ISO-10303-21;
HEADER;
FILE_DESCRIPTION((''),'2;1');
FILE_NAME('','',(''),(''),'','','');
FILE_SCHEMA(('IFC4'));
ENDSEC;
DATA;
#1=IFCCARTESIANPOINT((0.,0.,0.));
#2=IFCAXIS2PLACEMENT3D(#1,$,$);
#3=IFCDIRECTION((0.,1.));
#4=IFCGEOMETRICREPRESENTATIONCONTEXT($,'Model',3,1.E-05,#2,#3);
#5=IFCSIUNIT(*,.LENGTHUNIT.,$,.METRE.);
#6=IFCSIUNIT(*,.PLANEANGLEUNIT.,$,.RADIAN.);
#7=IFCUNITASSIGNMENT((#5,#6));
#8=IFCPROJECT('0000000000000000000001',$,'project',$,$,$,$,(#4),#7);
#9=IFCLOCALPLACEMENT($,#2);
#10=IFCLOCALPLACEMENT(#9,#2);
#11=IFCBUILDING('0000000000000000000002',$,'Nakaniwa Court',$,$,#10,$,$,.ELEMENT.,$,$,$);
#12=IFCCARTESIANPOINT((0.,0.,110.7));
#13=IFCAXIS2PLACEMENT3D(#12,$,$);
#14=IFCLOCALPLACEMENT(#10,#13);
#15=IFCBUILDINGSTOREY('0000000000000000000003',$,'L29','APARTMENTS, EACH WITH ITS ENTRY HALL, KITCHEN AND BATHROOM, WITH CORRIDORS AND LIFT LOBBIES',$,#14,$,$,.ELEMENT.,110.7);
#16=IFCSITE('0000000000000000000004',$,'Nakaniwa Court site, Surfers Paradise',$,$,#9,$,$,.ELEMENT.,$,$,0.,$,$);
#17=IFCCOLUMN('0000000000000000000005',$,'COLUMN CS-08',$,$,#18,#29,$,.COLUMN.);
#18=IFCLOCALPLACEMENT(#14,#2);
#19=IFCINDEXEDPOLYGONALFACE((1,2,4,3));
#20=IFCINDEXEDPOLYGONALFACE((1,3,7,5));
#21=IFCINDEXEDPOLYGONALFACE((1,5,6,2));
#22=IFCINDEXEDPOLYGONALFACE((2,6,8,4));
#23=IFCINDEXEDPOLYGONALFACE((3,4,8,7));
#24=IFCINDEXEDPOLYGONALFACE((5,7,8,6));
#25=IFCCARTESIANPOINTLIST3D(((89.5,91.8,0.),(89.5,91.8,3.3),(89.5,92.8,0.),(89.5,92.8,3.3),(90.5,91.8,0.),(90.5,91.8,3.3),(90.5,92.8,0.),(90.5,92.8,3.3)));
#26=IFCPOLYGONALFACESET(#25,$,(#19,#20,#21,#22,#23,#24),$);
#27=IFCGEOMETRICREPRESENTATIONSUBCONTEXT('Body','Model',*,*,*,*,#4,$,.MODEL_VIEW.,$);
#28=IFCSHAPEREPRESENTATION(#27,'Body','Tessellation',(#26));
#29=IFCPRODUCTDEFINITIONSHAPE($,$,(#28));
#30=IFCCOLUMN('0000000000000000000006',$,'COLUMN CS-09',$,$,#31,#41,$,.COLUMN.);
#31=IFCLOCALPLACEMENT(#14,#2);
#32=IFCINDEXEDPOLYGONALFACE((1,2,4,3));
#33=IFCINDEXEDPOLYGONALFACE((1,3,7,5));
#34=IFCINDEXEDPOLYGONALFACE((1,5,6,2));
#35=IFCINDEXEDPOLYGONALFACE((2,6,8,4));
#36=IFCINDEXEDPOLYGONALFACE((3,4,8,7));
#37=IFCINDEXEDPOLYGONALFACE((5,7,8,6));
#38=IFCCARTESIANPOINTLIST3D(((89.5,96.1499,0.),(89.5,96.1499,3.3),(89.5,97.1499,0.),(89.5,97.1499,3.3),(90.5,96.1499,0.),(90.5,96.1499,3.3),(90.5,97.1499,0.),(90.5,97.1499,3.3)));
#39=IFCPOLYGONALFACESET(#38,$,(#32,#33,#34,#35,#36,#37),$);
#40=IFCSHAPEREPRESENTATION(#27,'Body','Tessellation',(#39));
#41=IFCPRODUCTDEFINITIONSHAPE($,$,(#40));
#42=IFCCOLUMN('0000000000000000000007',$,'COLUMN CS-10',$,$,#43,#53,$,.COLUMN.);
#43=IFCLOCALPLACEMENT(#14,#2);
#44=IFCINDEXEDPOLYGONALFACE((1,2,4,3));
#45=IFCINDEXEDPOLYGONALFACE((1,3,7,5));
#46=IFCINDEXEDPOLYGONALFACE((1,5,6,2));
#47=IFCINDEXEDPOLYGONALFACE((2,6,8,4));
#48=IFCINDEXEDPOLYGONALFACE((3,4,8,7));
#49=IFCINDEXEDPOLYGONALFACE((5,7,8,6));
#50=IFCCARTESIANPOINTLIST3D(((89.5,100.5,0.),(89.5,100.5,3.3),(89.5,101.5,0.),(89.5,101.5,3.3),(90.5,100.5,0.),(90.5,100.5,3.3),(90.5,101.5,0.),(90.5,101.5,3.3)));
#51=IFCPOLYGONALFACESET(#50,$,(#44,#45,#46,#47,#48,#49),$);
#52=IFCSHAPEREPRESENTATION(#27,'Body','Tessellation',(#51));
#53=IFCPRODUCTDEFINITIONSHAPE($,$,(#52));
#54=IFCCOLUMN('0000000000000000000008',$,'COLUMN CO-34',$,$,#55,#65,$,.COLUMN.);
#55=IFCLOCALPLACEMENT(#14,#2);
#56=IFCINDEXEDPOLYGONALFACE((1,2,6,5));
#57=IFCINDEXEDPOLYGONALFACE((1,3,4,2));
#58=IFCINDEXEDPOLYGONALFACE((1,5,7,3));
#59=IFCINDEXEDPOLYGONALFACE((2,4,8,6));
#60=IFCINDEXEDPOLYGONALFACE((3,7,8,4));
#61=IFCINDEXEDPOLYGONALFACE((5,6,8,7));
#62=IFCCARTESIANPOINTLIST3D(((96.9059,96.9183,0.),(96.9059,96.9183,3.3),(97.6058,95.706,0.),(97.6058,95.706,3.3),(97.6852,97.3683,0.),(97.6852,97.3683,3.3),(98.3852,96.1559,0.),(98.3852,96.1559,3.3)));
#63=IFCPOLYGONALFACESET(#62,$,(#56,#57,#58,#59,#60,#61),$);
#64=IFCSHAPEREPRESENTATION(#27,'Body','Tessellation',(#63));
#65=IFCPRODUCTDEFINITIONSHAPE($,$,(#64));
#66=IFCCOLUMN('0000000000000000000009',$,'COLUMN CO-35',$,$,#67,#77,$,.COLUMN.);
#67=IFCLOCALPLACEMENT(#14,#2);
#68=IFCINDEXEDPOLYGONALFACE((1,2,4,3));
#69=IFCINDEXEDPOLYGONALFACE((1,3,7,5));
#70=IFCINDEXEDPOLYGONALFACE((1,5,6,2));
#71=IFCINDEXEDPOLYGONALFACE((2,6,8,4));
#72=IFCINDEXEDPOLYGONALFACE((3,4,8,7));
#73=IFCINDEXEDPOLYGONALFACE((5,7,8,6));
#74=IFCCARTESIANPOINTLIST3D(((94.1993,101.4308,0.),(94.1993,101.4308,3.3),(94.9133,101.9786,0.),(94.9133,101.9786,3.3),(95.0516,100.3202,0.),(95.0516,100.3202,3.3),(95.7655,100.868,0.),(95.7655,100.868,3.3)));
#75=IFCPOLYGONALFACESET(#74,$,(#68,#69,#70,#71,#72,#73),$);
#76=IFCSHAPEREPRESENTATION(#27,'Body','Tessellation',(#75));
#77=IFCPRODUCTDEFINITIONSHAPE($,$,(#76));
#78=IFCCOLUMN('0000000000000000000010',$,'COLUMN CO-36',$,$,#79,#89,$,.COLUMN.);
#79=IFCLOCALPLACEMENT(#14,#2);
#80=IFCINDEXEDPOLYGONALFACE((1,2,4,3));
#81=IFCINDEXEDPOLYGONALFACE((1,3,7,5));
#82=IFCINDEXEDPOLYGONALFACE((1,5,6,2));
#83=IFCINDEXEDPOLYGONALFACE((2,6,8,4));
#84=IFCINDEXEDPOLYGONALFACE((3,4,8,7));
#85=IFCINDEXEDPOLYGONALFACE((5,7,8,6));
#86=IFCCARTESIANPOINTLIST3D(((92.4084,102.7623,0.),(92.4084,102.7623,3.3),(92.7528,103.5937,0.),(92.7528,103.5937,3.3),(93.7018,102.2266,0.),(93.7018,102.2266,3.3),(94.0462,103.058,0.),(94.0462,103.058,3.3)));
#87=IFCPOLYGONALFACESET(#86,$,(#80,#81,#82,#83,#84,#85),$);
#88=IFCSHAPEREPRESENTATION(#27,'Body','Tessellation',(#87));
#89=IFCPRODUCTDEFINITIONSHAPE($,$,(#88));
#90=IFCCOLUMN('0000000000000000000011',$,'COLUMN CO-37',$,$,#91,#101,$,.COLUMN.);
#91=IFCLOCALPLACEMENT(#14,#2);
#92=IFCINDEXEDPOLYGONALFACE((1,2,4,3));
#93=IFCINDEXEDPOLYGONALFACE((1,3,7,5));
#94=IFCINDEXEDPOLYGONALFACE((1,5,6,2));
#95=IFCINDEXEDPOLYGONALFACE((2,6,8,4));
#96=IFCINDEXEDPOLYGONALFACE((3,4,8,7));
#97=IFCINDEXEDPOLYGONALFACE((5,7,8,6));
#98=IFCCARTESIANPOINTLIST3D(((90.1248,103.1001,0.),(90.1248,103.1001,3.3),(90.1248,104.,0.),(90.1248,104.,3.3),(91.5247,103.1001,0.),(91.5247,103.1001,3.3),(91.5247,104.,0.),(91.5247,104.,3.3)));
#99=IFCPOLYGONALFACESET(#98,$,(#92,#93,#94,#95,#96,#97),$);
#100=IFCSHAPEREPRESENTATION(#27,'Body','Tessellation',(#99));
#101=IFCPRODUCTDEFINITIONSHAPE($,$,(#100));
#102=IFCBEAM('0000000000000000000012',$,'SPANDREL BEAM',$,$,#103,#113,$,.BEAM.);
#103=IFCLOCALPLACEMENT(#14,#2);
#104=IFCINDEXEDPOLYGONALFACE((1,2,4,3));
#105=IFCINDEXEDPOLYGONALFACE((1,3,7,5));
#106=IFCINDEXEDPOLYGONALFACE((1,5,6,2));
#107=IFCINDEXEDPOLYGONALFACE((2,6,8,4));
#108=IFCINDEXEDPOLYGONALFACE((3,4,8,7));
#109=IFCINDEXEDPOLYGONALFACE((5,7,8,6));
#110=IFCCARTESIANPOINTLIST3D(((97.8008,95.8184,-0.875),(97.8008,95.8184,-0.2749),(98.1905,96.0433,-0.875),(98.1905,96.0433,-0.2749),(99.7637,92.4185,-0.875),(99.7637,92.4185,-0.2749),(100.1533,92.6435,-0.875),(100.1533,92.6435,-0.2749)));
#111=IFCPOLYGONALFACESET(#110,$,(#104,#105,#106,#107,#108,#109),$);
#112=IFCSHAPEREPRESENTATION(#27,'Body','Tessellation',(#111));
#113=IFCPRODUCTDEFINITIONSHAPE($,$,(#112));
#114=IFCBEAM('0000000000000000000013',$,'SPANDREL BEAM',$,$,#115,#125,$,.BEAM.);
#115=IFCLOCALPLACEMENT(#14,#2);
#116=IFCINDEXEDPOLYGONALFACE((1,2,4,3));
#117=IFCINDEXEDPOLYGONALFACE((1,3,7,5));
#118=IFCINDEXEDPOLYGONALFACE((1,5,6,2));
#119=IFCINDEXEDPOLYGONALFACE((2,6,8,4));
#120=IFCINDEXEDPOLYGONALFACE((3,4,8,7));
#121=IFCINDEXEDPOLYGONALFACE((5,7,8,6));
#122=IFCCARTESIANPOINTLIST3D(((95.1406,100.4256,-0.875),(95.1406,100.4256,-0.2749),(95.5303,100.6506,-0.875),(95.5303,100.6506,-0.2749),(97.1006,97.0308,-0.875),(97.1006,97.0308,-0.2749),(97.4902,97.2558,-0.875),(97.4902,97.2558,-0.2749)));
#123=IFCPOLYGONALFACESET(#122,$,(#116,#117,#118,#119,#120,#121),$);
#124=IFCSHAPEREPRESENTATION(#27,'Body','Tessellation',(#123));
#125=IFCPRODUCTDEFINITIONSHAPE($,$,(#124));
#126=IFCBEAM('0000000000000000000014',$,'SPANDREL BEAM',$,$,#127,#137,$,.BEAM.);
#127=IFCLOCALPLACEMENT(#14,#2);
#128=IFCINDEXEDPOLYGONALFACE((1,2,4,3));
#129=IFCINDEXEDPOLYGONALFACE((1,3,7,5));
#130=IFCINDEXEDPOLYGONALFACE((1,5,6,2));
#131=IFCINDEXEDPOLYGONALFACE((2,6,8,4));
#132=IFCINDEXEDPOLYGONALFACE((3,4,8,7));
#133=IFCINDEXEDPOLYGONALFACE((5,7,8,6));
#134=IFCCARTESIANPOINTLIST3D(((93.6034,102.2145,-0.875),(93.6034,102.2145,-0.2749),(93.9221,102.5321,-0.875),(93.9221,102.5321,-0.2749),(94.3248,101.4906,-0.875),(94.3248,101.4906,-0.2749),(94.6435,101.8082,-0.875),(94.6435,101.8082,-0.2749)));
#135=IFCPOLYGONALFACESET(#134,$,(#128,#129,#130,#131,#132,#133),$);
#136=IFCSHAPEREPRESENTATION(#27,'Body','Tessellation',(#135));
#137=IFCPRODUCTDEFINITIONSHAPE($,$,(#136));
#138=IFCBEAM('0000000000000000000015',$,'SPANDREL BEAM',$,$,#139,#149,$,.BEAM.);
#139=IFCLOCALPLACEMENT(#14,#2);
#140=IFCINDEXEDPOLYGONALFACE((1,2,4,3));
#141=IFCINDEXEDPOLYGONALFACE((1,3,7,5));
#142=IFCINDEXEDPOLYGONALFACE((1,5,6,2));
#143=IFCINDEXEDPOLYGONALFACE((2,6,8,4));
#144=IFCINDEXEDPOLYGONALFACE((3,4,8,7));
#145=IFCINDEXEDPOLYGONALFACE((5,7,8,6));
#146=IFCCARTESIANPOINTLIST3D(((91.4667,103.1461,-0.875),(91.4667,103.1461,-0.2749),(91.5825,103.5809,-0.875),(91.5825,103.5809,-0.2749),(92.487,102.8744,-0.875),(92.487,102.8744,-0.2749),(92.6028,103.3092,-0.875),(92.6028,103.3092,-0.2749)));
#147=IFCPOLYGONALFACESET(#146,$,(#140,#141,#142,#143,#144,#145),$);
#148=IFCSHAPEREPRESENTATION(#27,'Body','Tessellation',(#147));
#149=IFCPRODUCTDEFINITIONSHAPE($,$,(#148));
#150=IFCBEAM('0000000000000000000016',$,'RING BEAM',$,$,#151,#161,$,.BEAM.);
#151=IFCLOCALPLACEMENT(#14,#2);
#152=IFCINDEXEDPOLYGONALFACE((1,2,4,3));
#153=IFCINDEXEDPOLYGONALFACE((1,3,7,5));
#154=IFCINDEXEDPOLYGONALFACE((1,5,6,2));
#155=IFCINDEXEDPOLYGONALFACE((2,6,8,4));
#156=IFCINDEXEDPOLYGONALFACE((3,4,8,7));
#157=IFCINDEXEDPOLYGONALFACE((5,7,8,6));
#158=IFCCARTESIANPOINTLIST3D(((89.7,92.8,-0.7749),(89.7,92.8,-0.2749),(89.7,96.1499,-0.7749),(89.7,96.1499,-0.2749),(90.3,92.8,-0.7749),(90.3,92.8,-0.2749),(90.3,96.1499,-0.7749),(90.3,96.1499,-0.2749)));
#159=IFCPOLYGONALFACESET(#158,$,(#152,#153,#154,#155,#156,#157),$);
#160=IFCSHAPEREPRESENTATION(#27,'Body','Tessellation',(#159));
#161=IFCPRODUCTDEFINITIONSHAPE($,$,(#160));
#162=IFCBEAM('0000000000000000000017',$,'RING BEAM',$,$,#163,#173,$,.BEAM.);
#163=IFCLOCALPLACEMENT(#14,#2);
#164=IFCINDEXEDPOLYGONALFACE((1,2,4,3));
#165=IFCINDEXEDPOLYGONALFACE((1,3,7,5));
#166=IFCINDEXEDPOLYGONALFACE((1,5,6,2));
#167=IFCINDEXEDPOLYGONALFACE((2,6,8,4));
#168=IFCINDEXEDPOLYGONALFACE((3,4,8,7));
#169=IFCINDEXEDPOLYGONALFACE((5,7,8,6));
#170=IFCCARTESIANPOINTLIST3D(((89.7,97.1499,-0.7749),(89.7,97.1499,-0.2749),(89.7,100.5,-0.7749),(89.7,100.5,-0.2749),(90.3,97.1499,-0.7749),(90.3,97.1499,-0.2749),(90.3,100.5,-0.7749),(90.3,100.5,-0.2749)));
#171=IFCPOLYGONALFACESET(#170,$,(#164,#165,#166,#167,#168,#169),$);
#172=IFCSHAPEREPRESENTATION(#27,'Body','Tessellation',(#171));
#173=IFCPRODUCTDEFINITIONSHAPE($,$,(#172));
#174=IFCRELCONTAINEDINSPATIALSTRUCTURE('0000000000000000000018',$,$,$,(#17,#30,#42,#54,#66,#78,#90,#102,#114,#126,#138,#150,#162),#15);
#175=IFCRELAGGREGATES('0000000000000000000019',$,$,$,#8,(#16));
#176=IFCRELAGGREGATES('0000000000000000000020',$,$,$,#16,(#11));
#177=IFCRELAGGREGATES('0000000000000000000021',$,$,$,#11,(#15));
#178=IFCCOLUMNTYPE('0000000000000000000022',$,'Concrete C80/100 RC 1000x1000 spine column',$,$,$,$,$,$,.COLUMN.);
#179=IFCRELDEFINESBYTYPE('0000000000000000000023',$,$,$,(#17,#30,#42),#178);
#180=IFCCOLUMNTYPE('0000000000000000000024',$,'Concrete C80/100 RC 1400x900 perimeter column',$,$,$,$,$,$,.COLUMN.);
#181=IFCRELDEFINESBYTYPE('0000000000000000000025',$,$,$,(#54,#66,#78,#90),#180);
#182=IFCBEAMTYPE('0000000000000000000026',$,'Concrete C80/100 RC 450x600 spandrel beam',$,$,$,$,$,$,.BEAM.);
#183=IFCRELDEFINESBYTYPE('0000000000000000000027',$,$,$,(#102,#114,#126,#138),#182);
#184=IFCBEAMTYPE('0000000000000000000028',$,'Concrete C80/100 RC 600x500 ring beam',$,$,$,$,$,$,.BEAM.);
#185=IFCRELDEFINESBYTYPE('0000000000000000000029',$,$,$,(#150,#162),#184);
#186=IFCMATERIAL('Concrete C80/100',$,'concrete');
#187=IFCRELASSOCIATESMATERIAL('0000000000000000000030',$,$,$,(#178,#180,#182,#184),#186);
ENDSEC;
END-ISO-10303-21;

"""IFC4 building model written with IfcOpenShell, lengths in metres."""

from ifc_helpers import new_model, si_unit, direction, frame, origin, origin_2d, place, context, subcontext, project, spatial, rectangle, extrude, material, material_profile, profile_set, type_object, element, save


model = new_model("IFC4")

# Units and contexts
model_context = context("Model", 3, precision=1e-05, world=origin(), true_north=direction((0.0, 1.0)))
body_context = subcontext(model_context, "Body", "Model", "MODEL_VIEW")
ifc_project = project(units=[si_unit("LENGTHUNIT", "METRE"), si_unit("PLANEANGLEUNIT", "RADIAN")], contexts=[model_context])

# Site, building, storey
site_placement = place(None, origin())
site = spatial("IfcSite", under=ifc_project, at=site_placement, Name="Nakaniwa Court site, Surfers Paradise", CompositionType="ELEMENT", RefElevation=0.0)
building_placement = place(site_placement, origin())
building = spatial("IfcBuilding", under=site, at=building_placement, Name="Nakaniwa Court", CompositionType="ELEMENT")
storey_placement = place(building_placement, frame((0.0, 0.0, 110.7)))
storey = spatial("IfcBuildingStorey", under=building, at=storey_placement, Name="L29", Description="APARTMENTS, EACH WITH ITS ENTRY HALL, KITCHEN AND BATHROOM, WITH CORRIDORS AND LIFT LOBBIES", CompositionType="ELEMENT", Elevation=110.7)

# Columns
ifc_material_1 = material(Name="Concrete C80/100", Category="concrete")
ifc_material_profile_1 = material_profile(ifc_material_1, rectangle(XDim=1.0, YDim=1.0, at=origin_2d()), Name="Concrete C80/100 RC 1000x1000 spine column")
ifc_profile_set_1 = profile_set([ifc_material_profile_1], Name="Concrete C80/100")
column_type_1 = type_object("IfcColumnType", Name="Concrete C80/100 RC 1000x1000 spine column", PredefinedType="COLUMN", material=ifc_profile_set_1)
for number, where, z_axis, x_axis, name in (
    (1, (90.0, 92.3, 0.0), (0.0, 0.0, 1.0), (0.0, 1.0, 0.0), "COLUMN CS-08"),
    (2, (90.0, 96.6499, 0.0), (0.0, 0.0, 1.0), (0.0, 1.0, 0.0), "COLUMN CS-09"),
    (3, (90.0, 101.0, 0.0), (0.0, 0.0, 1.0), (0.0, 1.0, 0.0), "COLUMN CS-10"),
):
    element("IfcColumn", number, at=place(storey_placement, frame(where, z_axis=z_axis, x_axis=x_axis)), inside=storey, type_object=column_type_1, Name=name, PredefinedType="COLUMN", context=body_context, shape_type="SweptSolid", body=[
        extrude(rectangle(XDim=1.0, YDim=1.0, at=origin_2d()), origin(), (0.0, 0.0, 1.0), 3.3),
    ])
ifc_material_profile_2 = material_profile(ifc_material_1, rectangle(XDim=1.3999, YDim=0.8999, at=origin_2d()), Name="Concrete C80/100 RC 1400x900 perimeter column")
ifc_profile_set_2 = profile_set([ifc_material_profile_2], Name="Concrete C80/100")
column_type_2 = type_object("IfcColumnType", Name="Concrete C80/100 RC 1400x900 perimeter column", PredefinedType="COLUMN", material=ifc_profile_set_2)
for number, where, z_axis, x_axis, name in (
    (4, (97.6455, 96.5371, 0.0), (0.0, 0.0, 1.0), (-0.5, 0.866025, 0.0), "COLUMN CO-34"),
    (5, (94.9824, 101.1494, 0.0), (0.0, 0.0, 1.0), (-0.608761, 0.793353, 0.0), "COLUMN CO-35"),
    (6, (93.2273, 102.9102, 0.0), (0.0, 0.0, 1.0), (-0.92388, 0.382683, 0.0), "COLUMN CO-36"),
    (7, (90.8247, 103.55, 0.0), (0.0, 0.0, 1.0), (-1.0, 0.0, 0.0), "COLUMN CO-37"),
):
    element("IfcColumn", number, at=place(storey_placement, frame(where, z_axis=z_axis, x_axis=x_axis)), inside=storey, type_object=column_type_2, Name=name, PredefinedType="COLUMN", context=body_context, shape_type="SweptSolid", body=[
        extrude(rectangle(XDim=1.3999, YDim=0.8999, at=origin_2d()), origin(), (0.0, 0.0, 1.0), 3.3),
    ])

# Beams
ifc_material_profile_3 = material_profile(ifc_material_1, rectangle(XDim=0.45, YDim=0.6001, at=origin_2d()), Name="Concrete C80/100 RC 450x600 spandrel beam")
ifc_profile_set_3 = profile_set([ifc_material_profile_3], Name="Concrete C80/100")
beam_type_1 = type_object("IfcBeamType", Name="Concrete C80/100 RC 450x600 spandrel beam", PredefinedType="BEAM", material=ifc_profile_set_3)
beam_1_placement = place(storey_placement, frame((99.9585, 92.531, -0.575), z_axis=(-0.499992, 0.86603, 0.0), x_axis=(-0.86603, -0.499992, 0.0)))
element("IfcBeam", 8, at=beam_1_placement, inside=storey, type_object=beam_type_1, Name="SPANDREL BEAM", PredefinedType="BEAM", context=body_context, shape_type="SweptSolid", body=[
    extrude(rectangle(XDim=0.45, YDim=0.6001, at=origin_2d()), origin(), (0.0, 0.0, 1.0), 3.9258),
])
beam_2_placement = place(storey_placement, frame((97.2954, 97.1433, -0.575), z_axis=(-0.499997, 0.866027, 0.0), x_axis=(-0.866027, -0.499997, 0.0)))
element("IfcBeam", 9, at=beam_2_placement, inside=storey, type_object=beam_type_1, Name="SPANDREL BEAM", PredefinedType="BEAM", context=body_context, shape_type="SweptSolid", body=[
    extrude(rectangle(XDim=0.45, YDim=0.6001, at=origin_2d()), origin(), (0.0, 0.0, 1.0), 3.9199),
])
beam_3_placement = place(storey_placement, frame((94.4841, 101.6494, -0.575), z_axis=(-0.705911, 0.7083, 0.0), x_axis=(-0.7083, -0.705911, 0.0)))
element("IfcBeam", 10, at=beam_3_placement, inside=storey, type_object=beam_type_1, Name="SPANDREL BEAM", PredefinedType="BEAM", context=body_context, shape_type="SweptSolid", body=[
    extrude(rectangle(XDim=0.45, YDim=0.6001, at=origin_2d()), origin(), (0.0, 0.0, 1.0), 1.022),
])
beam_4_placement = place(storey_placement, frame((92.5449, 103.0918, -0.575), z_axis=(-0.966315, 0.25736, 0.0), x_axis=(-0.25736, -0.966315, 0.0)))
element("IfcBeam", 11, at=beam_4_placement, inside=storey, type_object=beam_type_1, Name="SPANDREL BEAM", PredefinedType="BEAM", context=body_context, shape_type="SweptSolid", body=[
    extrude(rectangle(XDim=0.45, YDim=0.6001, at=origin_2d()), origin(), (0.0, 0.0, 1.0), 1.0559),
])
ifc_material_profile_4 = material_profile(ifc_material_1, rectangle(XDim=0.6001, YDim=0.5, at=origin_2d()), Name="Concrete C80/100 RC 600x500 ring beam")
ifc_profile_set_4 = profile_set([ifc_material_profile_4], Name="Concrete C80/100")
beam_type_2 = type_object("IfcBeamType", Name="Concrete C80/100 RC 600x500 ring beam", PredefinedType="BEAM", material=ifc_profile_set_4)
beam_5_placement = place(storey_placement, frame((90.0, 92.8, -0.5249), z_axis=(0.0, 1.0, 0.0), x_axis=(-1.0, 0.0, 0.0)))
element("IfcBeam", 12, at=beam_5_placement, inside=storey, type_object=beam_type_2, Name="RING BEAM", PredefinedType="BEAM", context=body_context, shape_type="SweptSolid", body=[
    extrude(rectangle(XDim=0.6001, YDim=0.5, at=origin_2d()), origin(), (0.0, 0.0, 1.0), 3.3499),
])
beam_6_placement = place(storey_placement, frame((90.0, 97.1499, -0.5249), z_axis=(0.0, 1.0, 0.0), x_axis=(-1.0, 0.0, 0.0)))
element("IfcBeam", 13, at=beam_6_placement, inside=storey, type_object=beam_type_2, Name="RING BEAM", PredefinedType="BEAM", context=body_context, shape_type="SweptSolid", body=[
    extrude(rectangle(XDim=0.6001, YDim=0.5, at=origin_2d()), origin(), (0.0, 0.0, 1.0), 3.3501),
])

save(model, "model.ifc")
